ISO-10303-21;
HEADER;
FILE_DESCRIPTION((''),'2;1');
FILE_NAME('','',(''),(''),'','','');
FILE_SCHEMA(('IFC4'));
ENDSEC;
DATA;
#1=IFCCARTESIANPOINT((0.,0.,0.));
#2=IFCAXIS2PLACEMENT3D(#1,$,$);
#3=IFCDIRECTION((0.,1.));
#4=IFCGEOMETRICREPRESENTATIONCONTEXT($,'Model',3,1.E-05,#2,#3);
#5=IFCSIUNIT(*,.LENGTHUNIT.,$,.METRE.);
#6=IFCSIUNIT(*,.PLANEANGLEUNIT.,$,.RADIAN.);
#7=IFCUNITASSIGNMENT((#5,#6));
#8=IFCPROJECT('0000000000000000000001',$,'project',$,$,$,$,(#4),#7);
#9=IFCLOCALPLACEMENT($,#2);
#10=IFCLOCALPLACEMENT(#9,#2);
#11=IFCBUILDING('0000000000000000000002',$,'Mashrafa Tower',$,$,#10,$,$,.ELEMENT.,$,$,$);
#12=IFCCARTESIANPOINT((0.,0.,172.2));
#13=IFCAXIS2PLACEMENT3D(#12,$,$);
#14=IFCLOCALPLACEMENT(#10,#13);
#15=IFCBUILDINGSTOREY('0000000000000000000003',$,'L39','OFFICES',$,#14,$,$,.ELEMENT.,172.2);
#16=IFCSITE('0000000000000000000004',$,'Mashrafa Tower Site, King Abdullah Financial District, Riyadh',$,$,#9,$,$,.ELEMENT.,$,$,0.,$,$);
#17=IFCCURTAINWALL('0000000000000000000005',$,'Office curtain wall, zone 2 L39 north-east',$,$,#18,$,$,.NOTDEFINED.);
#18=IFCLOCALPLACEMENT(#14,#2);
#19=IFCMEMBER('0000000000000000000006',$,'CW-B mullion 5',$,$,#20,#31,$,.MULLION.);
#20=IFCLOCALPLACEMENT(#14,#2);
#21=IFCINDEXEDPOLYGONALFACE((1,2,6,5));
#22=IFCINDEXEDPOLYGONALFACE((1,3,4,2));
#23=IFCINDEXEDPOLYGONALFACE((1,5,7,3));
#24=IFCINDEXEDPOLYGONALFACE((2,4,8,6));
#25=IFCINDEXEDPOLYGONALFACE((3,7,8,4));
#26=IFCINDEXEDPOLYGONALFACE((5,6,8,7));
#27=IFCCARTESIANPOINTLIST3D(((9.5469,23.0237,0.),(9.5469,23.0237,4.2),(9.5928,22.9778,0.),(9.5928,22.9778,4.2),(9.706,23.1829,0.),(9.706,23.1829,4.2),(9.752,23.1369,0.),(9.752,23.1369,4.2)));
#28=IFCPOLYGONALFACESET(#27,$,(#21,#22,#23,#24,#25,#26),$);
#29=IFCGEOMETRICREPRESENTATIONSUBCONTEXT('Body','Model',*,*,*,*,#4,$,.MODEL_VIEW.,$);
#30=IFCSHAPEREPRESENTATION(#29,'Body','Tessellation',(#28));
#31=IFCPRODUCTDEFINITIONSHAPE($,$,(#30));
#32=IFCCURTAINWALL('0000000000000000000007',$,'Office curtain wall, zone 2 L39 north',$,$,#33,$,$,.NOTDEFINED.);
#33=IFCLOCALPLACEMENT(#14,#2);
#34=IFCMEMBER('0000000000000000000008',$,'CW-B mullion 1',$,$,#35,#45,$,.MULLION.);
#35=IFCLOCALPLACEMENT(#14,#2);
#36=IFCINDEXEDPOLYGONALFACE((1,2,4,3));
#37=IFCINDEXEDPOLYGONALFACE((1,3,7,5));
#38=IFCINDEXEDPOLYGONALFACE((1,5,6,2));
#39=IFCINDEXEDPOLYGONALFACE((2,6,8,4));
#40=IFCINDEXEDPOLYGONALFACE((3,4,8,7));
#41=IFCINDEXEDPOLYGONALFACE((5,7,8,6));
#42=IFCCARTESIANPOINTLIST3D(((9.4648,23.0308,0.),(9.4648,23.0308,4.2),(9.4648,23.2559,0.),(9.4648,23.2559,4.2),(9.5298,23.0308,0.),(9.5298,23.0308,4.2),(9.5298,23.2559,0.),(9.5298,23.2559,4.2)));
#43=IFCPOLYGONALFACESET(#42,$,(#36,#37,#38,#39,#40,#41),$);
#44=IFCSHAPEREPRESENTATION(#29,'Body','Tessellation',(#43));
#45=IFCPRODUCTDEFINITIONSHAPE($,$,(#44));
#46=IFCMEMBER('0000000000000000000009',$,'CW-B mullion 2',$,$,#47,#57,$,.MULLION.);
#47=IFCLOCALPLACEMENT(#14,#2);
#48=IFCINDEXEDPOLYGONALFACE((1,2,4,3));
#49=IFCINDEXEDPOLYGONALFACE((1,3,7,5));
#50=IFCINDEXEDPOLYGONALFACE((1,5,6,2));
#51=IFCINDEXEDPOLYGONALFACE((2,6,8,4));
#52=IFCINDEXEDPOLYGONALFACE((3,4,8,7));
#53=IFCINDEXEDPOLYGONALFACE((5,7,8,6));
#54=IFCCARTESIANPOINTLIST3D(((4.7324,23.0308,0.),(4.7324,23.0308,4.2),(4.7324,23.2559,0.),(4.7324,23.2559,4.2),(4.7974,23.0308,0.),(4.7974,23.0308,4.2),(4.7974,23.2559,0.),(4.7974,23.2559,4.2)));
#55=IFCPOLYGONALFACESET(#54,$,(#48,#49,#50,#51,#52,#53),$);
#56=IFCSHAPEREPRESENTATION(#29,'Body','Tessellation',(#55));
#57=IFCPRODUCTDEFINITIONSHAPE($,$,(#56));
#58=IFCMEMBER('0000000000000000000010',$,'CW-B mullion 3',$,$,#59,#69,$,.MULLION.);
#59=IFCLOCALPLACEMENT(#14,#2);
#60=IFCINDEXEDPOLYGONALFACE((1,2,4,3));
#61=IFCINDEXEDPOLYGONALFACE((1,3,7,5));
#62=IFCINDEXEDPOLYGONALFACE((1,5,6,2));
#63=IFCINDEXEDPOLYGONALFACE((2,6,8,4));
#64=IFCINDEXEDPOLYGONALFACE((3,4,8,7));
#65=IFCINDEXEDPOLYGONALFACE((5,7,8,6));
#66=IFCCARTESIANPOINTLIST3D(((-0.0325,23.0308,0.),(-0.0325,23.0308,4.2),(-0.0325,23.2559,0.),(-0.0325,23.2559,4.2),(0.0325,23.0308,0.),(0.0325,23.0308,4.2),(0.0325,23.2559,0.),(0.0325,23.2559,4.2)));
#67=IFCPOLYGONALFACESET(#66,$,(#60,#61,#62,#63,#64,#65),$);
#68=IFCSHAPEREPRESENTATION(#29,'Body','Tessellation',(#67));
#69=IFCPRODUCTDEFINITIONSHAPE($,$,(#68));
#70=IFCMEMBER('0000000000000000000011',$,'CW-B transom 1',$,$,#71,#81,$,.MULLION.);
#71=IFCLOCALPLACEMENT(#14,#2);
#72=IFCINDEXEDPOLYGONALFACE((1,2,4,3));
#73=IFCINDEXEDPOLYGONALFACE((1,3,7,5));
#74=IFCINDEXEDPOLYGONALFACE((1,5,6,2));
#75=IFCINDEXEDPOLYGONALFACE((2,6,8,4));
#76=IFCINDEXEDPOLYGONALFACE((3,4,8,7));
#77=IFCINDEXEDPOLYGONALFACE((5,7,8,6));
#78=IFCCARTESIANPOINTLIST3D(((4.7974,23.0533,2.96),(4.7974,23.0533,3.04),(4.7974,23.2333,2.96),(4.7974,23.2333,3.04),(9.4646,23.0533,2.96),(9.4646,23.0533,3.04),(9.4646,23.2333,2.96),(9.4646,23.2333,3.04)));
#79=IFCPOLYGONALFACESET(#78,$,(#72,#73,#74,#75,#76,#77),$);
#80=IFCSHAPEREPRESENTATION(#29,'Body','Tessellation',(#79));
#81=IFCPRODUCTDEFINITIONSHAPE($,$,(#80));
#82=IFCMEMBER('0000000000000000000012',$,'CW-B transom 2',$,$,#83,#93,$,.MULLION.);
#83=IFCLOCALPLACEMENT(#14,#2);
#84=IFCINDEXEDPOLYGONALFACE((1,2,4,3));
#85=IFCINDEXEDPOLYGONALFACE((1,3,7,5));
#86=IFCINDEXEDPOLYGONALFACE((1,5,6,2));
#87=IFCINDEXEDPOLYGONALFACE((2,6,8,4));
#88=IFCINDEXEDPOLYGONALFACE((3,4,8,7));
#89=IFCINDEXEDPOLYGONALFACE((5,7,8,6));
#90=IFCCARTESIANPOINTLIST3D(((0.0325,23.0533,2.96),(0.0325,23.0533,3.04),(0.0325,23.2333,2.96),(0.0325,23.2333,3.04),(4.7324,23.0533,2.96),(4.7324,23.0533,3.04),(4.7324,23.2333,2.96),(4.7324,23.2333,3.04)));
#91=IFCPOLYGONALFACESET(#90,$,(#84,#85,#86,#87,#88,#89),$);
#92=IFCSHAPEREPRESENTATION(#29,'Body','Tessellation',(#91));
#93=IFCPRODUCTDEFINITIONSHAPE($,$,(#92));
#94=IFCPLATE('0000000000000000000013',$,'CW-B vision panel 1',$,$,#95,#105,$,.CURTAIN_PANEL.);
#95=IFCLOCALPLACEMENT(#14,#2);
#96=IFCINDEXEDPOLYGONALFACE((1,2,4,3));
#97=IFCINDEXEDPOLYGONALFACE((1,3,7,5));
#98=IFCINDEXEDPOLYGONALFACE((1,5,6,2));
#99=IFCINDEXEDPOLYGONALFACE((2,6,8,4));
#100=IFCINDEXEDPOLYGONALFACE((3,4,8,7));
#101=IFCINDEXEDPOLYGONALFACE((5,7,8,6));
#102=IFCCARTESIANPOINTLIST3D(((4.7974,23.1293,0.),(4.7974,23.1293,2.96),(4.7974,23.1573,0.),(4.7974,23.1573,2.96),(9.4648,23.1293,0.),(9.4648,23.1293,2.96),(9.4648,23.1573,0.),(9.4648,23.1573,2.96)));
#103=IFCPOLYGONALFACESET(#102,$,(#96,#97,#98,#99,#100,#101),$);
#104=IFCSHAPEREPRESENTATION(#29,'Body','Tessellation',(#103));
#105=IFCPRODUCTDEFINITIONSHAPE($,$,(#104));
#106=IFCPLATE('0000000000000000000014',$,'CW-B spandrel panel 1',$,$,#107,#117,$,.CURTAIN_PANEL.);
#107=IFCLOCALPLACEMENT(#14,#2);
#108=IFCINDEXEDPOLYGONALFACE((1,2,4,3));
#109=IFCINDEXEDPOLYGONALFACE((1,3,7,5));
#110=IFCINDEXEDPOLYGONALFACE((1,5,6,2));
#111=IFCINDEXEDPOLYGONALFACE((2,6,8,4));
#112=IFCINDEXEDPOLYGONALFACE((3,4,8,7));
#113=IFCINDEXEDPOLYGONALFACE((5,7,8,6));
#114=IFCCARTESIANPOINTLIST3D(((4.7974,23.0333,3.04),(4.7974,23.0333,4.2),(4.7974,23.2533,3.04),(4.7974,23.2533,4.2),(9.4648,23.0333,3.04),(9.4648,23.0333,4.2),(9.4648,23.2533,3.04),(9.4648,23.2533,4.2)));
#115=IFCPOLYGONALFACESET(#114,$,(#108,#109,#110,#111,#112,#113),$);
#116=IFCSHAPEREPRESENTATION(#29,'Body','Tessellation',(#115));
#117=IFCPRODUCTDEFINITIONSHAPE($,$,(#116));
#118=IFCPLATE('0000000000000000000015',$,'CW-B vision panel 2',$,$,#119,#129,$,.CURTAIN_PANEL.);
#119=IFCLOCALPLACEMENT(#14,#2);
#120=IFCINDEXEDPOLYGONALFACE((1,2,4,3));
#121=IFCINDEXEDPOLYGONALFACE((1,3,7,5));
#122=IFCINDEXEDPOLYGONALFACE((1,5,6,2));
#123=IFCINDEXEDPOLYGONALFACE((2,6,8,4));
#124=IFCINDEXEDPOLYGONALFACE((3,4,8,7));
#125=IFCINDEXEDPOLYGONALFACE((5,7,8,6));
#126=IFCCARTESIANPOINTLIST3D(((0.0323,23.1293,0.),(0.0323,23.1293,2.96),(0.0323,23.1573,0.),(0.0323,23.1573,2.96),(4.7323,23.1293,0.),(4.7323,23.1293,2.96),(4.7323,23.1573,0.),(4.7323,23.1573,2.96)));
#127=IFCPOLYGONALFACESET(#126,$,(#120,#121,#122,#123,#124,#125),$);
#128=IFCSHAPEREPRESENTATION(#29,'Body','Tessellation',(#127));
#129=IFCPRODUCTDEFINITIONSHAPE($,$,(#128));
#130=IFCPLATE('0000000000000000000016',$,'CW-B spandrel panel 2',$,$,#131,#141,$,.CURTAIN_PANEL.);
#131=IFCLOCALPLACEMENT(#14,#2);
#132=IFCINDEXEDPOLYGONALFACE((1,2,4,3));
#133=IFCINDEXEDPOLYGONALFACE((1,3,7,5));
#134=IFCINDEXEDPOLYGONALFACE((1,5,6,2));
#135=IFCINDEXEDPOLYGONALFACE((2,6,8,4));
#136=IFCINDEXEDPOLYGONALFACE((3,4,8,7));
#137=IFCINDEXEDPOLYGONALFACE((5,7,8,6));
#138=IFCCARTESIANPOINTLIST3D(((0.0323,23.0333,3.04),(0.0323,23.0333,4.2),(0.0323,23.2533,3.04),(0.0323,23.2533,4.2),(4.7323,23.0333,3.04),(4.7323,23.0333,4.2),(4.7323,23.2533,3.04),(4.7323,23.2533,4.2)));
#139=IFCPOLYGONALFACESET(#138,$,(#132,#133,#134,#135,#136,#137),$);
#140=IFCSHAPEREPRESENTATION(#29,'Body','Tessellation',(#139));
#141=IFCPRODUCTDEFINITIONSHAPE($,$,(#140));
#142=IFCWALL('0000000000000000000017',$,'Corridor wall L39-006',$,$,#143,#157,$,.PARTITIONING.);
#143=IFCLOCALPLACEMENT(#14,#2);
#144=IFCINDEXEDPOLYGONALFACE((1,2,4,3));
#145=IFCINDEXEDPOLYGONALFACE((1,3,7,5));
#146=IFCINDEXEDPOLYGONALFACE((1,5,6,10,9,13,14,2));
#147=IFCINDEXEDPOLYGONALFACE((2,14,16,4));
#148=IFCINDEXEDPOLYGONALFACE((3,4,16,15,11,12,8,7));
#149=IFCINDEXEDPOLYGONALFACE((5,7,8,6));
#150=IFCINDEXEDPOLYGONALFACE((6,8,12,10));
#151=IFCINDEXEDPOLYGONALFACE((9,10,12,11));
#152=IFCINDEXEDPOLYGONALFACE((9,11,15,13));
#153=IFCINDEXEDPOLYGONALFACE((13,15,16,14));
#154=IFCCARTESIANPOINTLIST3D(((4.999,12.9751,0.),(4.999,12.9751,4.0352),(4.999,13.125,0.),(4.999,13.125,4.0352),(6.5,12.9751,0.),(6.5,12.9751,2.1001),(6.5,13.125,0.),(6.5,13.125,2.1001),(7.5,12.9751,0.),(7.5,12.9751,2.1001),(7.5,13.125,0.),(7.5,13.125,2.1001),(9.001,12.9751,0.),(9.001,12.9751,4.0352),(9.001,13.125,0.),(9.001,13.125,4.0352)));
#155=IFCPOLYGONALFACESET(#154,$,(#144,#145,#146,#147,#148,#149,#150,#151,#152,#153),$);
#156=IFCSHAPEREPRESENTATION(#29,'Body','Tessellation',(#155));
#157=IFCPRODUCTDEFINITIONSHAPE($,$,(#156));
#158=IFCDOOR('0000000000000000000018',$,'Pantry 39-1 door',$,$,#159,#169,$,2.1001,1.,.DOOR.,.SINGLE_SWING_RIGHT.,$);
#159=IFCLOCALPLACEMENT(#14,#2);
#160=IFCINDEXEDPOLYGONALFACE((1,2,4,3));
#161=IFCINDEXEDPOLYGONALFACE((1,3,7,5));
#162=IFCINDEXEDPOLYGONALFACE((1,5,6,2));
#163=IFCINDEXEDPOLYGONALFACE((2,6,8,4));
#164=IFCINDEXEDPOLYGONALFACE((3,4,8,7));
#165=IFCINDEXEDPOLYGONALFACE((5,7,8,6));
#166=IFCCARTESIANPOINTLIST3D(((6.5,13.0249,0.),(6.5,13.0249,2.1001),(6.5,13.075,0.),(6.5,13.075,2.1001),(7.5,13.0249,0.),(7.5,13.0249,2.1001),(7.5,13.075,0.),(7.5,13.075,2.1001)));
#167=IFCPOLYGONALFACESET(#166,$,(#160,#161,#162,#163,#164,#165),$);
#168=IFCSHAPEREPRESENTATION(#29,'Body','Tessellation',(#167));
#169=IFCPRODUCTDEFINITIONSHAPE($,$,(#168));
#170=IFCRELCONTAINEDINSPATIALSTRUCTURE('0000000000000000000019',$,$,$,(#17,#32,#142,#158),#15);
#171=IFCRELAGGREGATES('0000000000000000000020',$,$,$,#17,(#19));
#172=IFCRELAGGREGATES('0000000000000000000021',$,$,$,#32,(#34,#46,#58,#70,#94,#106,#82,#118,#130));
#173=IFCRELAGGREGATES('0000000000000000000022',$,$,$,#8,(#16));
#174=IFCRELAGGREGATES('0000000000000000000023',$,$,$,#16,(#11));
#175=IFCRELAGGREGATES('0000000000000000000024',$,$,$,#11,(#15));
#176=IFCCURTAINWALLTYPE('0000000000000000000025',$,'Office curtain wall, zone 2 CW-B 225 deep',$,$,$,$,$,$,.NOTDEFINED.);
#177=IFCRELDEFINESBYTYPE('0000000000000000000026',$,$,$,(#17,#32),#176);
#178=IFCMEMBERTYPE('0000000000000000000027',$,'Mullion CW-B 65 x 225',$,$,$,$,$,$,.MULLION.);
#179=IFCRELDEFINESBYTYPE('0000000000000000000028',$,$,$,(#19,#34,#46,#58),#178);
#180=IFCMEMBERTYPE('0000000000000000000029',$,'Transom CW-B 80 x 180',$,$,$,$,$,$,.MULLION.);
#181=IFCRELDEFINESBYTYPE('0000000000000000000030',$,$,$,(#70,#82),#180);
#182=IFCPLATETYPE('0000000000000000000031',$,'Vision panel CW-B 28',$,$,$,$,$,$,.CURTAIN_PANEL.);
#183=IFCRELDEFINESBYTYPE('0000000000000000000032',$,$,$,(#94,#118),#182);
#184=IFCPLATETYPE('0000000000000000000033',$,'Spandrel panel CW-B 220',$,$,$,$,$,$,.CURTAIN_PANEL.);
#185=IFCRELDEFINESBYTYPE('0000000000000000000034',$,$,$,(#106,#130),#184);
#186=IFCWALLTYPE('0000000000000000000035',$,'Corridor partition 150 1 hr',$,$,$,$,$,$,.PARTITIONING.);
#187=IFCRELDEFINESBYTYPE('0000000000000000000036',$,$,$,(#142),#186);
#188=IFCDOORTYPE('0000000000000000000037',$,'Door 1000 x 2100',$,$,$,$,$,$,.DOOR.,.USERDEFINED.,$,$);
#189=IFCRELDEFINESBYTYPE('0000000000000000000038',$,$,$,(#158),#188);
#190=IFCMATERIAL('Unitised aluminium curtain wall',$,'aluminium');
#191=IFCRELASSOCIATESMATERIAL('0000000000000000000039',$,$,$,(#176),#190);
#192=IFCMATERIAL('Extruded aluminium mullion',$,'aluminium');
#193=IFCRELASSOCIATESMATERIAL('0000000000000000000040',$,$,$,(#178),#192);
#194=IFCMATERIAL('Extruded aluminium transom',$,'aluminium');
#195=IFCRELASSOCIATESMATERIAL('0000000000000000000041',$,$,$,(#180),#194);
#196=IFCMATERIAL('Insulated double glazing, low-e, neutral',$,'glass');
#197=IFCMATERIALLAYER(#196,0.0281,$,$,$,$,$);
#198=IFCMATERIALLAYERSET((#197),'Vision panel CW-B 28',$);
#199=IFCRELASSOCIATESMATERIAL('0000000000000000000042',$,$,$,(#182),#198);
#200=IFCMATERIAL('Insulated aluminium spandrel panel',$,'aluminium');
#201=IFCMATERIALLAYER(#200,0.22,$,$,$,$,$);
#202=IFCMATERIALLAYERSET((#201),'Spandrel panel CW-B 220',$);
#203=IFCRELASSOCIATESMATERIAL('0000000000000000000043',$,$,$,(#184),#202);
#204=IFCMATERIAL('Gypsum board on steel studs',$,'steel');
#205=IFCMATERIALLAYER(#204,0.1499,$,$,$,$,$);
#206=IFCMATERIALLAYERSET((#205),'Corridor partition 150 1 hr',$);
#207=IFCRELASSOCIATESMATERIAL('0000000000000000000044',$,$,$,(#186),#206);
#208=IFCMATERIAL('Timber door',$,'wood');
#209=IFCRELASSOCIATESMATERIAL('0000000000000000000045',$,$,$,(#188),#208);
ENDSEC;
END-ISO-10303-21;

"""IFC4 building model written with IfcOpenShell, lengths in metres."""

from ifc_helpers import new_model, si_unit, direction, frame, frame_2d, origin, origin_2d, place, context, subcontext, project, spatial, rectangle, extrude, source, transform, mapped, material, layer, layer_set, material_profile, profile_set, type_object, type_shapes, element, fill, aggregate, save


model = new_model("IFC4")

# Units and contexts
model_context = context("Model", 3, precision=1e-05, world=origin(), true_north=direction((0.0, 1.0)))
body_context = subcontext(model_context, "Body", "Model", "MODEL_VIEW")
ifc_project = project(units=[si_unit("LENGTHUNIT", "METRE"), si_unit("PLANEANGLEUNIT", "RADIAN")], contexts=[model_context])

# Site, building, storey
site_placement = place(None, origin())
site = spatial("IfcSite", under=ifc_project, at=site_placement, Name="Mashrafa Tower Site, King Abdullah Financial District, Riyadh", CompositionType="ELEMENT", RefElevation=0.0)
building_placement = place(site_placement, origin())
building = spatial("IfcBuilding", under=site, at=building_placement, Name="Mashrafa Tower", CompositionType="ELEMENT")
storey_placement = place(building_placement, frame((0.0, 0.0, 172.2)))
storey = spatial("IfcBuildingStorey", under=building, at=storey_placement, Name="L39", Description="OFFICES", CompositionType="ELEMENT", Elevation=172.2)

# Curtain wall, member
ifc_material_1 = material(Name="Unitised aluminium curtain wall", Category="aluminium")
curtain_wall_type = type_object("IfcCurtainWallType", Name="Office curtain wall, zone 2 CW-B 225 deep", PredefinedType="NOTDEFINED", material=ifc_material_1)
curtain_wall_1_placement = place(storey_placement, origin())
curtain_wall_1 = element("IfcCurtainWall", 1, at=curtain_wall_1_placement, inside=storey, type_object=curtain_wall_type, Name="Office curtain wall, zone 2 L39 north-east", PredefinedType="NOTDEFINED")
ifc_material_2 = material(Name="Extruded aluminium mullion", Category="aluminium")
ifc_material_profile_1 = material_profile(ifc_material_2, rectangle(XDim=0.2251, YDim=0.0649, at=origin_2d()), Name="Mullion 65x225")
ifc_profile_set_1 = profile_set([ifc_material_profile_1], Name="Extruded aluminium mullion")
member_type_1 = type_object("IfcMemberType", Name="Mullion CW-B 65 x 225", PredefinedType="MULLION", material=ifc_profile_set_1)
shared_shape_1 = source(origin(), body_context, "Body", "SweptSolid", [
    extrude(rectangle(XDim=0.2251, YDim=0.0649, at=origin_2d()), origin(), (0.0, 0.0, 1.0), 4.2),
])
type_shapes(member_type_1, [shared_shape_1])
member_1_placement = place(storey_placement, frame((9.6494, 23.0803, 0.0), z_axis=(0.0, 0.0, 1.0), x_axis=(-0.707107, -0.707107, 0.0)))
member_1 = element("IfcMember", 2, at=member_1_placement, type_object=member_type_1, Name="CW-B mullion 5", PredefinedType="MULLION", context=body_context, shape_type="MappedRepresentation", body=[
    mapped(shared_shape_1, transform((0.0, 0.0, 0.0))),
])
aggregate(curtain_wall_1, [member_1])

# Curtain wall, members, plates
curtain_wall_2_placement = place(storey_placement, origin())
curtain_wall_2 = element("IfcCurtainWall", 3, at=curtain_wall_2_placement, inside=storey, type_object=curtain_wall_type, Name="Office curtain wall, zone 2 L39 north", PredefinedType="NOTDEFINED")
member_2_placement = place(storey_placement, frame((9.4973, 23.1433, 0.0), z_axis=(0.0, 0.0, 1.0), x_axis=(0.0, -1.0, 0.0)))
member_2 = element("IfcMember", 4, at=member_2_placement, type_object=member_type_1, Name="CW-B mullion 1", PredefinedType="MULLION", context=body_context, shape_type="MappedRepresentation", body=[
    mapped(shared_shape_1, transform((0.0, 0.0, 0.0))),
])
member_3_placement = place(storey_placement, frame((4.7649, 23.1433, 0.0), z_axis=(0.0, 0.0, 1.0), x_axis=(0.0, -1.0, 0.0)))
member_3 = element("IfcMember", 5, at=member_3_placement, type_object=member_type_1, Name="CW-B mullion 2", PredefinedType="MULLION", context=body_context, shape_type="MappedRepresentation", body=[
    mapped(shared_shape_1, transform((0.0, 0.0, 0.0))),
])
member_4_placement = place(storey_placement, frame((0.0, 23.1433, 0.0), z_axis=(0.0, 0.0, 1.0), x_axis=(0.0, -1.0, 0.0)))
member_4 = element("IfcMember", 6, at=member_4_placement, type_object=member_type_1, Name="CW-B mullion 3", PredefinedType="MULLION", context=body_context, shape_type="MappedRepresentation", body=[
    mapped(shared_shape_1, transform((0.0, 0.0, 0.0))),
])
ifc_material_3 = material(Name="Extruded aluminium transom", Category="aluminium")
ifc_material_profile_2 = material_profile(ifc_material_3, rectangle(XDim=0.1799, YDim=0.0801, at=origin_2d()), Name="Transom 80x180")
ifc_profile_set_2 = profile_set([ifc_material_profile_2], Name="Extruded aluminium transom")
member_type_2 = type_object("IfcMemberType", Name="Transom CW-B 80 x 180", PredefinedType="MULLION", material=ifc_profile_set_2)
shared_shape_2 = source(origin(), body_context, "Body", "SweptSolid", [
    extrude(rectangle(XDim=0.1799, YDim=0.0801, at=origin_2d()), origin(), (0.0, 0.0, 1.0), 4.6672),
])
member_5_placement = place(storey_placement, frame((9.4646, 23.1433, 3.0), z_axis=(-1.0, 0.0, 0.0), x_axis=(0.0, -1.0, 0.0)))
member_5 = element("IfcMember", 7, at=member_5_placement, type_object=member_type_2, Name="CW-B transom 1", PredefinedType="MULLION", context=body_context, shape_type="MappedRepresentation", body=[
    mapped(shared_shape_2, transform((0.0, 0.0, 0.0))),
])
shared_shape_3 = source(origin(), body_context, "Body", "SweptSolid", [
    extrude(rectangle(XDim=0.1799, YDim=0.0801, at=origin_2d()), origin(), (0.0, 0.0, 1.0), 4.7),
])
type_shapes(member_type_2, [shared_shape_2, shared_shape_3])
member_6_placement = place(storey_placement, frame((4.7324, 23.1433, 3.0), z_axis=(-1.0, 0.0, 0.0), x_axis=(0.0, -1.0, 0.0)))
member_6 = element("IfcMember", 8, at=member_6_placement, type_object=member_type_2, Name="CW-B transom 2", PredefinedType="MULLION", context=body_context, shape_type="MappedRepresentation", body=[
    mapped(shared_shape_3, transform((0.0, 0.0, 0.0))),
])
ifc_material_4 = material(Name="Insulated double glazing, low-e, neutral", Category="glass")
ifc_layer_1 = layer(ifc_material_4, 0.0281)
ifc_layer_set_1 = layer_set([ifc_layer_1], Name="Vision panel CW-B 28")
plate_type_1 = type_object("IfcPlateType", Name="Vision panel CW-B 28", PredefinedType="CURTAIN_PANEL", material=ifc_layer_set_1)
shared_shape_4 = source(origin(), body_context, "Body", "SweptSolid", [
    extrude(rectangle(XDim=4.6675, YDim=0.0281, at=origin_2d()), origin(), (0.0, 0.0, 1.0), 2.96),
])
plate_1_placement = place(storey_placement, frame((7.1311, 23.1433, 0.0), z_axis=(0.0, 0.0, 1.0), x_axis=(-1.0, 0.0, 0.0)))
plate_1 = element("IfcPlate", 9, at=plate_1_placement, type_object=plate_type_1, Name="CW-B vision panel 1", PredefinedType="CURTAIN_PANEL", context=body_context, shape_type="MappedRepresentation", body=[
    mapped(shared_shape_4, transform((0.0, 0.0, 0.0))),
])
ifc_material_5 = material(Name="Insulated aluminium spandrel panel", Category="aluminium")
ifc_layer_2 = layer(ifc_material_5, 0.22)
ifc_layer_set_2 = layer_set([ifc_layer_2], Name="Spandrel panel CW-B 220")
plate_type_2 = type_object("IfcPlateType", Name="Spandrel panel CW-B 220", PredefinedType="CURTAIN_PANEL", material=ifc_layer_set_2)
shared_shape_5 = source(origin(), body_context, "Body", "SweptSolid", [
    extrude(rectangle(XDim=4.6675, YDim=0.22, at=origin_2d()), origin(), (0.0, 0.0, 1.0), 1.1599),
])
plate_2_placement = place(storey_placement, frame((7.1311, 23.1433, 3.04), z_axis=(0.0, 0.0, 1.0), x_axis=(-1.0, 0.0, 0.0)))
plate_2 = element("IfcPlate", 10, at=plate_2_placement, type_object=plate_type_2, Name="CW-B spandrel panel 1", PredefinedType="CURTAIN_PANEL", context=body_context, shape_type="MappedRepresentation", body=[
    mapped(shared_shape_5, transform((0.0, 0.0, 0.0))),
])
shared_shape_6 = source(origin(), body_context, "Body", "SweptSolid", [
    extrude(rectangle(XDim=4.7, YDim=0.0281, at=origin_2d()), origin(), (0.0, 0.0, 1.0), 2.96),
])
type_shapes(plate_type_1, [shared_shape_4, shared_shape_6])
plate_3_placement = place(storey_placement, frame((2.3823, 23.1433, 0.0), z_axis=(0.0, 0.0, 1.0), x_axis=(-1.0, 0.0, 0.0)))
plate_3 = element("IfcPlate", 11, at=plate_3_placement, type_object=plate_type_1, Name="CW-B vision panel 2", PredefinedType="CURTAIN_PANEL", context=body_context, shape_type="MappedRepresentation", body=[
    mapped(shared_shape_6, transform((0.0, 0.0, 0.0))),
])
shared_shape_7 = source(origin(), body_context, "Body", "SweptSolid", [
    extrude(rectangle(XDim=4.7, YDim=0.22, at=origin_2d()), origin(), (0.0, 0.0, 1.0), 1.1599),
])
type_shapes(plate_type_2, [shared_shape_5, shared_shape_7])
plate_4_placement = place(storey_placement, frame((2.3823, 23.1433, 3.04), z_axis=(0.0, 0.0, 1.0), x_axis=(-1.0, 0.0, 0.0)))
plate_4 = element("IfcPlate", 12, at=plate_4_placement, type_object=plate_type_2, Name="CW-B spandrel panel 2", PredefinedType="CURTAIN_PANEL", context=body_context, shape_type="MappedRepresentation", body=[
    mapped(shared_shape_7, transform((0.0, 0.0, 0.0))),
])
aggregate(curtain_wall_2, [member_2, member_3, member_4, member_5, plate_1, plate_2, member_6, plate_3, plate_4])

# Wall, opening, door
ifc_material_6 = material(Name="Gypsum board on steel studs", Category="steel")
ifc_layer_3 = layer(ifc_material_6, 0.1499)
ifc_layer_set_3 = layer_set([ifc_layer_3], Name="Corridor partition 150 1 hr")
wall_type_1 = type_object("IfcWallType", Name="Corridor partition 150 1 hr", PredefinedType="PARTITIONING", material=ifc_layer_set_3)
wall_1_placement = place(storey_placement, frame((9.001, 13.05, 0.0), z_axis=(0.0, 0.0, 1.0), x_axis=(-1.0, 0.0, 0.0)))
wall_1 = element("IfcWall", 13, at=wall_1_placement, inside=storey, type_object=wall_type_1, Name="Corridor wall L39-006", PredefinedType="PARTITIONING", context=body_context, shape_type="SweptSolid", body=[
    extrude(rectangle(XDim=4.002, YDim=0.1499, at=frame_2d((2.001, 0.0))), origin(), (0.0, 0.0, 1.0), 4.0352),
])
opening_placement = place(wall_1_placement, frame((1.501, 0.0, 0.0)))
opening = element("IfcOpeningElement", 14, at=opening_placement, cuts=wall_1, PredefinedType="OPENING", context=body_context, shape_type="SweptSolid", body=[
    extrude(rectangle(XDim=1.0, YDim=2.1001, at=frame_2d((0.5, 1.05))), frame((0.0, 0.085, 0.0), z_axis=(0.0, -1.0, 0.0), x_axis=(1.0, 0.0, 0.0)), (0.0, 0.0, 1.0), 0.1699),
])
ifc_material_7 = material(Name="Timber door", Category="wood")
door_type = type_object("IfcDoorType", Name="Door 1000 x 2100", OperationType="USERDEFINED", PredefinedType="DOOR", material=ifc_material_7)
door_placement = place(opening_placement, frame((1.0, 0.0, 0.0), z_axis=(0.0, 0.0, 1.0), x_axis=(-1.0, 0.0, 0.0)))
door = element("IfcDoor", 15, at=door_placement, inside=storey, type_object=door_type, Name="Pantry 39-1 door", OperationType="SINGLE_SWING_RIGHT", OverallHeight=2.1001, OverallWidth=1.0, PredefinedType="DOOR", context=body_context, shape_type="SweptSolid", body=[
    extrude(rectangle(XDim=1.0, YDim=2.1001, at=frame_2d((0.5, 1.05))), frame((0.0, 0.0249, 0.0), z_axis=(0.0, -1.0, 0.0), x_axis=(1.0, 0.0, 0.0)), (0.0, 0.0, 1.0), 0.05),
])
fill(opening, door)

save(model, "model.ifc")
